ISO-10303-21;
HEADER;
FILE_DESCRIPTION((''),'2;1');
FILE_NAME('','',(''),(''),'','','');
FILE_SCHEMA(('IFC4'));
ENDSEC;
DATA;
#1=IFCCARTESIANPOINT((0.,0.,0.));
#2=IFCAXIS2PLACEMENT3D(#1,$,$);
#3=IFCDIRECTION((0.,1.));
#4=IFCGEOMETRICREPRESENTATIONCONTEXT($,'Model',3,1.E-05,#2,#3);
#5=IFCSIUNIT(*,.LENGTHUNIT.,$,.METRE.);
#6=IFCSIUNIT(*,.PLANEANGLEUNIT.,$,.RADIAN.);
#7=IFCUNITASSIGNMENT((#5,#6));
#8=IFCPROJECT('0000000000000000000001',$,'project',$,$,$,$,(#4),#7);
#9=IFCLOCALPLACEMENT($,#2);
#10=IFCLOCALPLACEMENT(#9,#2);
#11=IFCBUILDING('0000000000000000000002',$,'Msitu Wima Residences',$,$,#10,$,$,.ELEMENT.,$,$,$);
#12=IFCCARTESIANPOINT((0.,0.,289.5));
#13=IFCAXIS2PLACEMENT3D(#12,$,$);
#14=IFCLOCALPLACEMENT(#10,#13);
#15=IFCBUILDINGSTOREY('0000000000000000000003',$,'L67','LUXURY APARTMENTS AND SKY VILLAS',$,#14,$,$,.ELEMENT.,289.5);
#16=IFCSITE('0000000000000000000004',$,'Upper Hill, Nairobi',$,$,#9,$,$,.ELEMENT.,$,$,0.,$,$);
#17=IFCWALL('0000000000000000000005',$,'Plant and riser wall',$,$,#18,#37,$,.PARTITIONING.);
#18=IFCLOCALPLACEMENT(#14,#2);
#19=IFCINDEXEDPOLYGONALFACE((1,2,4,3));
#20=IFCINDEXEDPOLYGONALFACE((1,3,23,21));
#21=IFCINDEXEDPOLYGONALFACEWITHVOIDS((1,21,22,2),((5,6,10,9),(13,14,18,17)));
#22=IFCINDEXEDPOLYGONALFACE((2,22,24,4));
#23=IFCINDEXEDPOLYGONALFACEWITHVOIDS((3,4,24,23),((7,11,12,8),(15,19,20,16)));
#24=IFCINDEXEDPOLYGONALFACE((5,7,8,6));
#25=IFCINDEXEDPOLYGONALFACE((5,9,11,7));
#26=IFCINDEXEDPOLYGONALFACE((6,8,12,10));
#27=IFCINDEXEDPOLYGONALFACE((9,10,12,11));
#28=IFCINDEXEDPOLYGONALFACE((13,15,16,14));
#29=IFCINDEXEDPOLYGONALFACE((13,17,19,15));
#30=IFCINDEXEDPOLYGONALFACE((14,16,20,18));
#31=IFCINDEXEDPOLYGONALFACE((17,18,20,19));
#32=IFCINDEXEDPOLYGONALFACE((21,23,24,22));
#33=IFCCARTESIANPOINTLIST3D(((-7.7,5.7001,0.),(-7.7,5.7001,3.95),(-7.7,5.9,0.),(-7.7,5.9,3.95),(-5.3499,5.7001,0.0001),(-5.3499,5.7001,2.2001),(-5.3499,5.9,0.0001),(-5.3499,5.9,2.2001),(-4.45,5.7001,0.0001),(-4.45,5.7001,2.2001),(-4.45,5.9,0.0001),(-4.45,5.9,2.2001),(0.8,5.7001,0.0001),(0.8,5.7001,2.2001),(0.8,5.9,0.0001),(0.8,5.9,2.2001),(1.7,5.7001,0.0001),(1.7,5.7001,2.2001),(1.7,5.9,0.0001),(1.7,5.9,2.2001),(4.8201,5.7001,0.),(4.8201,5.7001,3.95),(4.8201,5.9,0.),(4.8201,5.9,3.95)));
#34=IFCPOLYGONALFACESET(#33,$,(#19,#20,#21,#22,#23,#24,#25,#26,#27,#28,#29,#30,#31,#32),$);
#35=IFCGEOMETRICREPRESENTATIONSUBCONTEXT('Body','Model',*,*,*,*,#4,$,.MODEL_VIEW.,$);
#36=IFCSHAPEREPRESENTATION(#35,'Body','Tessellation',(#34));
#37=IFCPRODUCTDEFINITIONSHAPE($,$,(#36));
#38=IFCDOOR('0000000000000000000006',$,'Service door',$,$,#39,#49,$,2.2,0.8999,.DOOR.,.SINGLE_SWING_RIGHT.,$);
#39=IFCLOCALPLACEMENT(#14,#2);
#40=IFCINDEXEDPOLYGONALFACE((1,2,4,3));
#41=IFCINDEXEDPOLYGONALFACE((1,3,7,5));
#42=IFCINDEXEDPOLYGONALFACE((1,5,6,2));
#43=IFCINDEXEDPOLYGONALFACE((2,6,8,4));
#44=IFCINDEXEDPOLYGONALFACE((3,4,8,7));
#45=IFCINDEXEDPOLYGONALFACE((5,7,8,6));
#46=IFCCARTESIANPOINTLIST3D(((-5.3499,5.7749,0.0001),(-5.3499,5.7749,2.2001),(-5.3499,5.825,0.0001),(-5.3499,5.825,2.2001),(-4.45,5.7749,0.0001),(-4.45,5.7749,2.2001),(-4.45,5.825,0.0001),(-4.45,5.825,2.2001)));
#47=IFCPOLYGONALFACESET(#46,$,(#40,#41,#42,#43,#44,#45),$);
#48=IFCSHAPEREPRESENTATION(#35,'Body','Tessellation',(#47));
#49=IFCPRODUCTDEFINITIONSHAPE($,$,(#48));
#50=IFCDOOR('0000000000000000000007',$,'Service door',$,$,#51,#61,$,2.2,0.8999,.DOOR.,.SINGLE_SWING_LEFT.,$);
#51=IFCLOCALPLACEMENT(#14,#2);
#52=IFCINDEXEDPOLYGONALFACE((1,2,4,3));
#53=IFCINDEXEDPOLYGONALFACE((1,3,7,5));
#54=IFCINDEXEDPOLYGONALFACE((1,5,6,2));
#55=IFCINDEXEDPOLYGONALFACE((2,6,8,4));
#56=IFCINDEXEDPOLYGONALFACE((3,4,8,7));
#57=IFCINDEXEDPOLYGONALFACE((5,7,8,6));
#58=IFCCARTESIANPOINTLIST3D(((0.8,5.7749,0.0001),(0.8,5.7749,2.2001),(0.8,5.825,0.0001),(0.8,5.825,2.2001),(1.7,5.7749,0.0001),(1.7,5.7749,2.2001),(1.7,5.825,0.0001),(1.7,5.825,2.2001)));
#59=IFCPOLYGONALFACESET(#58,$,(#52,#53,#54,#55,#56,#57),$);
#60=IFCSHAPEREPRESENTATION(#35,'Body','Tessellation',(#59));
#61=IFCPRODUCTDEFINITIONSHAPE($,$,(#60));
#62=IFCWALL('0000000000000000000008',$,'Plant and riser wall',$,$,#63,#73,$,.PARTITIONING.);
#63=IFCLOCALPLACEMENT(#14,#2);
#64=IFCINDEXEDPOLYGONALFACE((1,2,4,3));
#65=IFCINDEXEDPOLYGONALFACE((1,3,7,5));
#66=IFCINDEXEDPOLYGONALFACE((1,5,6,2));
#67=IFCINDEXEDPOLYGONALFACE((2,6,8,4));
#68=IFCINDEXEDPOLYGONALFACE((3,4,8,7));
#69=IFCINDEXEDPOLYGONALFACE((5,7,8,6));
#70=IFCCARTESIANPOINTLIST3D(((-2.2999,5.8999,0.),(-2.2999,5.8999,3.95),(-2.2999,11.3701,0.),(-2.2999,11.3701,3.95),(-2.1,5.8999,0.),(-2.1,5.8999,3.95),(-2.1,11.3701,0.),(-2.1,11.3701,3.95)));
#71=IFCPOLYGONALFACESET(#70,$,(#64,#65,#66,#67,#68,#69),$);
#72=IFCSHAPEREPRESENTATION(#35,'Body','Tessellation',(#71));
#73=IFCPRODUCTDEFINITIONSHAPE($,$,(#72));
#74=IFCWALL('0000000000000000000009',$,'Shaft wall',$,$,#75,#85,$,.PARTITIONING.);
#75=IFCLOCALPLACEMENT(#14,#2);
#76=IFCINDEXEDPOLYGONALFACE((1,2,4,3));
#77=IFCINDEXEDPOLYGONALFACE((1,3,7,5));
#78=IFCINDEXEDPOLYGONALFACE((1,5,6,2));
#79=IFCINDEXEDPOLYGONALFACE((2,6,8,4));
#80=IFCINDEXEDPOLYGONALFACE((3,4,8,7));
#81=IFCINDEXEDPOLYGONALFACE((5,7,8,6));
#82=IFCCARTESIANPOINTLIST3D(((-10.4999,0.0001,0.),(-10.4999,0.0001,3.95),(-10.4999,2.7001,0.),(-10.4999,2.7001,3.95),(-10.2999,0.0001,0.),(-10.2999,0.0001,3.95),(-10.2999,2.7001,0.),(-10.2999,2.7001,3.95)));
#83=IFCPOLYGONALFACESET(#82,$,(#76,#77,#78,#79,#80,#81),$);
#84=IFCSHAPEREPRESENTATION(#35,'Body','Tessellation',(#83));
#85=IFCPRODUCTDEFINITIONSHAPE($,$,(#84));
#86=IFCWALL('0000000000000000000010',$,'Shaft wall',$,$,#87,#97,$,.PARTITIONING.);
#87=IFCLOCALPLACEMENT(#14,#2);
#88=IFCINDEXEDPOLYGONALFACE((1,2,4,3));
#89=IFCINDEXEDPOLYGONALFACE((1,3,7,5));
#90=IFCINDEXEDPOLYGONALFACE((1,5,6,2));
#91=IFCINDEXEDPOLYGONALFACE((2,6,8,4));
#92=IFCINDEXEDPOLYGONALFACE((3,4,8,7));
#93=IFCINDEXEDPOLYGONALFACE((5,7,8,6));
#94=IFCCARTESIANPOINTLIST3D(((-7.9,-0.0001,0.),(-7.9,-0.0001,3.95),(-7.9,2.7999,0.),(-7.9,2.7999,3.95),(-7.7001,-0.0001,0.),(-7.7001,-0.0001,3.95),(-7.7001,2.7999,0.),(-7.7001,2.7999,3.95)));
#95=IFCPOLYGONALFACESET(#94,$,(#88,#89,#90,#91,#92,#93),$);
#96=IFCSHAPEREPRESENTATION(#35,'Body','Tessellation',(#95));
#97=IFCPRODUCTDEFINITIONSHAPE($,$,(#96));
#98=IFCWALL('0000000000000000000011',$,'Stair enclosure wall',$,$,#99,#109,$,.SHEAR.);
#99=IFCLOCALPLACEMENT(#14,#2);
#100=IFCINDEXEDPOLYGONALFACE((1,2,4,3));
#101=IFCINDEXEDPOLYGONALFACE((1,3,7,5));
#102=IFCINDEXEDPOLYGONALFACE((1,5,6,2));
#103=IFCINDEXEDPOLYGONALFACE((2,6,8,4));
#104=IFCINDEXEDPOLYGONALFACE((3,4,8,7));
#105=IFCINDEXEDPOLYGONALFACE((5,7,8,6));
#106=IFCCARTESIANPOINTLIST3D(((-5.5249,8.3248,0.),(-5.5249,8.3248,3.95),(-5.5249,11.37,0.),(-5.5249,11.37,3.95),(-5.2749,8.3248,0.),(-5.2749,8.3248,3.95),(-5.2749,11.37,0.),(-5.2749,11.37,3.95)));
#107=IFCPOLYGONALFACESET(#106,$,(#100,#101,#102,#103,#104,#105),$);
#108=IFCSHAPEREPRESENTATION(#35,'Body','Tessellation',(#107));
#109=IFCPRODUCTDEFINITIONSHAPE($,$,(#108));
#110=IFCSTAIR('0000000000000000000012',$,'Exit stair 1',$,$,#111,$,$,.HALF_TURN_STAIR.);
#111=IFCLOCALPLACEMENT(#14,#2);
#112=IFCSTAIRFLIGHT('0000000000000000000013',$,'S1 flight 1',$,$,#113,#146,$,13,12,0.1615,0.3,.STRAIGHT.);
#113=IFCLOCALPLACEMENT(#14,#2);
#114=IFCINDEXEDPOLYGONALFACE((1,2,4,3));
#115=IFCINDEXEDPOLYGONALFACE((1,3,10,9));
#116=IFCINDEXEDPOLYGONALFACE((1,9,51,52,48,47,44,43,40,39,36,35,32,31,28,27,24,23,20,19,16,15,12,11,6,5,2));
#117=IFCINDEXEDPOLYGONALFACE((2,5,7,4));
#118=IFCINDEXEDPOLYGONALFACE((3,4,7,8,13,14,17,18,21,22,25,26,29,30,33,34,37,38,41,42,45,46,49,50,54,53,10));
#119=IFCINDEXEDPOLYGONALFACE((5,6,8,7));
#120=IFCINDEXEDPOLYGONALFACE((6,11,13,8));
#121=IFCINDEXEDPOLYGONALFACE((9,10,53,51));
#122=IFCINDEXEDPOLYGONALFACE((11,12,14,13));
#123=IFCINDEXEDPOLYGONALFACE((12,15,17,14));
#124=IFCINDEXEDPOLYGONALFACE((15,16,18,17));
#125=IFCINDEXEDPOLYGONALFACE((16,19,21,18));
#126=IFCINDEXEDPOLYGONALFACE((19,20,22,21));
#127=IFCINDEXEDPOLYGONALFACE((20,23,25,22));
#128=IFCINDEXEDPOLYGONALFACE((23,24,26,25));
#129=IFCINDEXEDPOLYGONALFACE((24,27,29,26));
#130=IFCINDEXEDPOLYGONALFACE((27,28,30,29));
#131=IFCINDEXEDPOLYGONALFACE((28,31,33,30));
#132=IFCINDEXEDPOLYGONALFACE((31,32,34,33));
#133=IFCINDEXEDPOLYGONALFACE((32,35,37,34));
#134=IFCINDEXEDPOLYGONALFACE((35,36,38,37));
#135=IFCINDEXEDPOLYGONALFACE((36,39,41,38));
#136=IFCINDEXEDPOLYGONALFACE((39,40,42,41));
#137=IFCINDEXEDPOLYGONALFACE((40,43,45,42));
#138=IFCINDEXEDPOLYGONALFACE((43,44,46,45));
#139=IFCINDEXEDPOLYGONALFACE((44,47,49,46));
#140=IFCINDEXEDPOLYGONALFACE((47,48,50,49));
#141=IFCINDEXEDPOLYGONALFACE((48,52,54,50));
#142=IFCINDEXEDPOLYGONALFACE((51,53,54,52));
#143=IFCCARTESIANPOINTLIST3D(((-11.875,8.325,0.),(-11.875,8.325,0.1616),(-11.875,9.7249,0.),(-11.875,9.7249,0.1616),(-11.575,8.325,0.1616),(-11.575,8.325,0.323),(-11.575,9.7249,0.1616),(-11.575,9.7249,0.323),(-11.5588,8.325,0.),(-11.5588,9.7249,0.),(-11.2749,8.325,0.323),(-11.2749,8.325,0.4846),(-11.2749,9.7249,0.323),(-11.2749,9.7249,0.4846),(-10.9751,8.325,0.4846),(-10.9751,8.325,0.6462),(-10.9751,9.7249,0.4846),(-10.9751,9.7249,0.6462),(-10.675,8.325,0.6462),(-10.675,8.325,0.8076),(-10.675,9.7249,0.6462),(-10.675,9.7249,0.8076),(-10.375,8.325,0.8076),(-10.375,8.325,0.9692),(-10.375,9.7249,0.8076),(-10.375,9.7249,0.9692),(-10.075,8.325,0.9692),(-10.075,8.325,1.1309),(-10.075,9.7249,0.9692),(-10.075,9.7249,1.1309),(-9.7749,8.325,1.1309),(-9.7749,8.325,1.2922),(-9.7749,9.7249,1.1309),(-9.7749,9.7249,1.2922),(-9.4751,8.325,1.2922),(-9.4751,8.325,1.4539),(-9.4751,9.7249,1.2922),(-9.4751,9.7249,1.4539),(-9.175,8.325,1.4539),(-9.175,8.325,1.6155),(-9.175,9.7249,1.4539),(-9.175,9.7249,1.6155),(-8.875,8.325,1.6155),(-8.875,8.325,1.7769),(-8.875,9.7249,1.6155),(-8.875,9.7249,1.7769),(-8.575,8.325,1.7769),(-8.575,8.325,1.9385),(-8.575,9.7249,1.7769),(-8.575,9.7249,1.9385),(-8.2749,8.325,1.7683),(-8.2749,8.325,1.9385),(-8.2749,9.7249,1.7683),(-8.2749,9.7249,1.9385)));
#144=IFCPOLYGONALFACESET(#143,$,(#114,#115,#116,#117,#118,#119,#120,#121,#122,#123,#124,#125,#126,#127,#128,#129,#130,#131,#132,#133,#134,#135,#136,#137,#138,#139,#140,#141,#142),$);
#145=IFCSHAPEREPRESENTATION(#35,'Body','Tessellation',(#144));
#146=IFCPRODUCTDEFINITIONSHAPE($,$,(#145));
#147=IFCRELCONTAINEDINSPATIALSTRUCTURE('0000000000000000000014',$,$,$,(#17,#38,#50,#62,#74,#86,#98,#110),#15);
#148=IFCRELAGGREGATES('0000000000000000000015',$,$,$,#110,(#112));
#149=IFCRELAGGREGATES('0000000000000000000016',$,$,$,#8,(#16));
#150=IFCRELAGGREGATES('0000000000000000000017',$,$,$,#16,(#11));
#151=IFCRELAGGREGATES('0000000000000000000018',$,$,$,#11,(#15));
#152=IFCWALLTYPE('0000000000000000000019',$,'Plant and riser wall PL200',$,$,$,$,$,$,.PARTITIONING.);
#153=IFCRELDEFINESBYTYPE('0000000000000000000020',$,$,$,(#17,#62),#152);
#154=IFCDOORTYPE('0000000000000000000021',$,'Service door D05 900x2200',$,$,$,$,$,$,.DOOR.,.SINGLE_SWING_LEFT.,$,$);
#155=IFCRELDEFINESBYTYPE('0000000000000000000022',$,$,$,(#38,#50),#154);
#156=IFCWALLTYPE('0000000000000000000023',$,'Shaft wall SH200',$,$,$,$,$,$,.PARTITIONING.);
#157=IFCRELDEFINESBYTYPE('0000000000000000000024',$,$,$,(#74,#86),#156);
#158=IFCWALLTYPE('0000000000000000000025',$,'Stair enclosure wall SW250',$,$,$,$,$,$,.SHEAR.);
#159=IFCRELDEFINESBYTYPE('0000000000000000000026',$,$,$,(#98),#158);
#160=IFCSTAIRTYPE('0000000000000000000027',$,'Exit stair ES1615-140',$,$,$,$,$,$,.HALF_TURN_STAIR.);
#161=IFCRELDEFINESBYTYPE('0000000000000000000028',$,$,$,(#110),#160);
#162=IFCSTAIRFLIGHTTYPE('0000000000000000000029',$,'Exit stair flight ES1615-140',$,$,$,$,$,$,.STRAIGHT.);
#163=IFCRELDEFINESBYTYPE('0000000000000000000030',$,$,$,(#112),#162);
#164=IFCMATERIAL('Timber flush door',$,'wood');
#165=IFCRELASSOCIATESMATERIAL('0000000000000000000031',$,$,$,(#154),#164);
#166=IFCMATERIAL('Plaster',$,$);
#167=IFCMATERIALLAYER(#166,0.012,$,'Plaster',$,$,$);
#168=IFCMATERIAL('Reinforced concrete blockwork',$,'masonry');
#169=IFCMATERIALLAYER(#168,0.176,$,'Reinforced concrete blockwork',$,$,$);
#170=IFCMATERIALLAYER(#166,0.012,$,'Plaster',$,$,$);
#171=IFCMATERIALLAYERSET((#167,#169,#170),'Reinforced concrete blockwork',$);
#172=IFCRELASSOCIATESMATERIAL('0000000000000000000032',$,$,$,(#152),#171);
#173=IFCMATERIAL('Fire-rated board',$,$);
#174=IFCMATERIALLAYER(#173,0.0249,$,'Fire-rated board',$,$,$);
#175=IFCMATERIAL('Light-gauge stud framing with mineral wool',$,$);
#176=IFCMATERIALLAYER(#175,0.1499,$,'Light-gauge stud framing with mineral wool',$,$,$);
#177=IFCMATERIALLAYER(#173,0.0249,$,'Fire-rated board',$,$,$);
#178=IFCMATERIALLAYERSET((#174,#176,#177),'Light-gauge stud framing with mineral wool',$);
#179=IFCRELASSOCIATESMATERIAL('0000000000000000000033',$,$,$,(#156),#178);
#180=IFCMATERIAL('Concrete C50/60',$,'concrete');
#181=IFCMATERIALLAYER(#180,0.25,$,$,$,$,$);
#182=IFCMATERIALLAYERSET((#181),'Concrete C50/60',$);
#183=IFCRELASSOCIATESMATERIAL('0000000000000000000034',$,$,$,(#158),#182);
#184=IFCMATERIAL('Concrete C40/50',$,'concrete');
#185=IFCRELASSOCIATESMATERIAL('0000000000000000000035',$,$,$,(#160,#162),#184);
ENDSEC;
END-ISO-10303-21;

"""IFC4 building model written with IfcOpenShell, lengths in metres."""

from ifc_helpers import new_model, si_unit, direction, frame, frame_2d, origin, place, context, subcontext, project, spatial, polyline, rectangle, outline, extrude, material, layer, layer_set, type_object, element, fill, aggregate, save


model = new_model("IFC4")

# Units and contexts
model_context = context("Model", 3, precision=1e-05, world=origin(), true_north=direction((0.0, 1.0)))
body_context = subcontext(model_context, "Body", "Model", "MODEL_VIEW")
ifc_project = project(units=[si_unit("LENGTHUNIT", "METRE"), si_unit("PLANEANGLEUNIT", "RADIAN")], contexts=[model_context])

# Site, building, storey
site_placement = place(None, origin())
site = spatial("IfcSite", under=ifc_project, at=site_placement, Name="Upper Hill, Nairobi", CompositionType="ELEMENT", RefElevation=0.0)
building_placement = place(site_placement, origin())
building = spatial("IfcBuilding", under=site, at=building_placement, Name="Msitu Wima Residences", CompositionType="ELEMENT")
storey_placement = place(building_placement, frame((0.0, 0.0, 289.5)))
storey = spatial("IfcBuildingStorey", under=building, at=storey_placement, Name="L67", Description="LUXURY APARTMENTS AND SKY VILLAS", CompositionType="ELEMENT", Elevation=289.5)

# Shared definitions
ifc_material_1 = material(Name="Concrete C40/50", Category="concrete")

# Shared definitions
ifc_material_2 = material(Name="Plaster")
ifc_material_3 = material(Name="Timber flush door", Category="wood")
door_type_1 = type_object("IfcDoorType", Name="Service door D05 900x2200", OperationType="SINGLE_SWING_LEFT", PredefinedType="DOOR", material=ifc_material_3)

# Shared definitions
ifc_layer_1 = layer(ifc_material_2, 0.012, Name="Plaster")
ifc_material_4 = material(Name="Reinforced concrete blockwork", Category="masonry")
ifc_layer_2 = layer(ifc_material_4, 0.176, Name="Reinforced concrete blockwork")
ifc_layer_3 = layer(ifc_material_2, 0.012, Name="Plaster")
ifc_layer_set_1 = layer_set([ifc_layer_1, ifc_layer_2, ifc_layer_3], Name="Reinforced concrete blockwork")
wall_type_1 = type_object("IfcWallType", Name="Plant and riser wall PL200", PredefinedType="PARTITIONING", material=ifc_layer_set_1)

# Wall, openings, doors
wall_1_placement = place(storey_placement, frame((-7.7, 5.8, 0.0), z_axis=(0.0, 0.0, 1.0), x_axis=(1.0, 0.0, 0.0)))
wall_1 = element("IfcWall", 1, at=wall_1_placement, inside=storey, type_object=wall_type_1, Name="Plant and riser wall", PredefinedType="PARTITIONING", context=body_context, shape_type="SweptSolid", body=[
    extrude(rectangle(XDim=12.52, YDim=0.2, at=frame_2d((6.26, 0.0))), origin(), (0.0, 0.0, 1.0), 3.95),
])
opening_1_placement = place(wall_1_placement, frame((2.3501, 0.0, 0.0)))
opening_1 = element("IfcOpeningElement", 2, at=opening_1_placement, cuts=wall_1, PredefinedType="OPENING", context=body_context, shape_type="SweptSolid", body=[
    extrude(rectangle(XDim=0.8999, YDim=2.2, at=frame_2d((0.45, 1.1001))), frame((0.0, 0.1099, 0.0), z_axis=(0.0, -1.0, 0.0), x_axis=(1.0, 0.0, 0.0)), (0.0, 0.0, 1.0), 0.22),
])
opening_2_placement = place(wall_1_placement, frame((8.5, 0.0, 0.0)))
opening_2 = element("IfcOpeningElement", 3, at=opening_2_placement, cuts=wall_1, PredefinedType="OPENING", context=body_context, shape_type="SweptSolid", body=[
    extrude(rectangle(XDim=0.8999, YDim=2.2, at=frame_2d((0.45, 1.1001))), frame((0.0, 0.1099, 0.0), z_axis=(0.0, -1.0, 0.0), x_axis=(1.0, 0.0, 0.0)), (0.0, 0.0, 1.0), 0.22),
])
door_1_placement = place(opening_1_placement, origin())
door_1 = element("IfcDoor", 4, at=door_1_placement, inside=storey, type_object=door_type_1, Name="Service door", OperationType="SINGLE_SWING_RIGHT", OverallHeight=2.2, OverallWidth=0.8999, PredefinedType="DOOR", context=body_context, shape_type="SweptSolid", body=[
    extrude(rectangle(XDim=0.8999, YDim=2.2, at=frame_2d((0.45, 1.1001))), frame((0.0, 0.0249, 0.0), z_axis=(0.0, -1.0, 0.0), x_axis=(1.0, 0.0, 0.0)), (0.0, 0.0, 1.0), 0.05),
])
fill(opening_1, door_1)
door_2_placement = place(opening_2_placement, origin())
door_2 = element("IfcDoor", 5, at=door_2_placement, inside=storey, type_object=door_type_1, Name="Service door", OperationType="SINGLE_SWING_LEFT", OverallHeight=2.2, OverallWidth=0.8999, PredefinedType="DOOR", context=body_context, shape_type="SweptSolid", body=[
    extrude(rectangle(XDim=0.8999, YDim=2.2, at=frame_2d((0.45, 1.1001))), frame((0.0, 0.0249, 0.0), z_axis=(0.0, -1.0, 0.0), x_axis=(1.0, 0.0, 0.0)), (0.0, 0.0, 1.0), 0.05),
])
fill(opening_2, door_2)

# Walls
wall_2_placement = place(storey_placement, frame((-2.2, 5.8999, 0.0), z_axis=(0.0, 0.0, 1.0), x_axis=(0.0, 1.0, 0.0)))
element("IfcWall", 6, at=wall_2_placement, inside=storey, type_object=wall_type_1, Name="Plant and riser wall", PredefinedType="PARTITIONING", context=body_context, shape_type="SweptSolid", body=[
    extrude(rectangle(XDim=5.4702, YDim=0.2, at=frame_2d((2.7351, 0.0))), origin(), (0.0, 0.0, 1.0), 3.95),
])
ifc_material_5 = material(Name="Fire-rated board")
ifc_layer_4 = layer(ifc_material_5, 0.0249, Name="Fire-rated board")
ifc_material_6 = material(Name="Light-gauge stud framing with mineral wool")
ifc_layer_5 = layer(ifc_material_6, 0.1499, Name="Light-gauge stud framing with mineral wool")
ifc_layer_6 = layer(ifc_material_5, 0.0249, Name="Fire-rated board")
ifc_layer_set_2 = layer_set([ifc_layer_4, ifc_layer_5, ifc_layer_6], Name="Light-gauge stud framing with mineral wool")
wall_type_2 = type_object("IfcWallType", Name="Shaft wall SH200", PredefinedType="PARTITIONING", material=ifc_layer_set_2)
wall_3_placement = place(storey_placement, frame((-10.3999, 0.0, 0.0), z_axis=(0.0, 0.0, 1.0), x_axis=(0.0, 1.0, 0.0)))
element("IfcWall", 7, at=wall_3_placement, inside=storey, type_object=wall_type_2, Name="Shaft wall", PredefinedType="PARTITIONING", context=body_context, shape_type="SweptSolid", body=[
    extrude(rectangle(XDim=2.7, YDim=0.2, at=frame_2d((1.3501, 0.0))), origin(), (0.0, 0.0, 1.0), 3.95),
])
wall_4_placement = place(storey_placement, frame((-7.8, 0.0, 0.0), z_axis=(0.0, 0.0, 1.0), x_axis=(0.0, 1.0, 0.0)))
element("IfcWall", 8, at=wall_4_placement, inside=storey, type_object=wall_type_2, Name="Shaft wall", PredefinedType="PARTITIONING", context=body_context, shape_type="SweptSolid", body=[
    extrude(rectangle(XDim=2.8, YDim=0.2, at=frame_2d((1.3999, 0.0))), origin(), (0.0, 0.0, 1.0), 3.95),
])
ifc_material_7 = material(Name="Concrete C50/60", Category="concrete")
ifc_layer_7 = layer(ifc_material_7, 0.25)
ifc_layer_set_3 = layer_set([ifc_layer_7], Name="Concrete C50/60")
wall_type_3 = type_object("IfcWallType", Name="Stair enclosure wall SW250", PredefinedType="SHEAR", material=ifc_layer_set_3)
wall_5_placement = place(storey_placement, frame((-5.3999, 8.325, 0.0), z_axis=(0.0, 0.0, 1.0), x_axis=(0.0, 1.0, 0.0)))
element("IfcWall", 9, at=wall_5_placement, inside=storey, type_object=wall_type_3, Name="Stair enclosure wall", PredefinedType="SHEAR", context=body_context, shape_type="SweptSolid", body=[
    extrude(rectangle(XDim=3.0452, YDim=0.25, at=frame_2d((1.5225, 0.0))), origin(), (0.0, 0.0, 1.0), 3.95),
])

# Stair, stair flight
stair_type = type_object("IfcStairType", Name="Exit stair ES1615-140", PredefinedType="HALF_TURN_STAIR", material=ifc_material_1)
stair_placement = place(storey_placement, origin())
stair = element("IfcStair", 10, at=stair_placement, inside=storey, type_object=stair_type, Name="Exit stair 1", PredefinedType="HALF_TURN_STAIR")
stair_flight_type = type_object("IfcStairFlightType", Name="Exit stair flight ES1615-140", PredefinedType="STRAIGHT", material=ifc_material_1)
stair_flight_1_placement = place(storey_placement, frame((-11.875, 9.0249, 0.0), z_axis=(0.0, 0.0, 1.0), x_axis=(1.0, 0.0, 0.0)))
stair_flight_1 = element("IfcStairFlight", 11, at=stair_flight_1_placement, type_object=stair_flight_type, Name="S1 flight 1", NumberOfRisers=13, NumberOfTreads=12, PredefinedType="STRAIGHT", RiserHeight=0.1615, TreadLength=0.3, context=body_context, shape_type="SweptSolid", body=[
    extrude(outline(polyline([(0.0, 0.0), (0.0, 0.1616), (0.3, 0.1616), (0.3, 0.323), (0.6001, 0.323), (0.6001, 0.4846), (0.8999, 0.4846), (0.8999, 0.6462), (1.2, 0.6462), (1.2, 0.8076), (1.5, 0.8076), (1.5, 0.9692), (1.8, 0.9692), (1.8, 1.1309), (2.1001, 1.1309), (2.1001, 1.2922), (2.3999, 1.2922), (2.3999, 1.4539), (2.7, 1.4539), (2.7, 1.6155), (3.0, 1.6155), (3.0, 1.7769), (3.3, 1.7769), (3.3, 1.9385), (3.6001, 1.9385), (3.6001, 2.1001), (3.6001, 1.7683), (0.3162, 0.0), (0.0, 0.0)])), frame((0.0, 0.7, 0.0), z_axis=(0.0, -1.0, 0.0), x_axis=(1.0, 0.0, 0.0)), (0.0, 0.0, 1.0), 1.3999),
])
aggregate(stair, [stair_flight_1])

save(model, "model.ifc")
